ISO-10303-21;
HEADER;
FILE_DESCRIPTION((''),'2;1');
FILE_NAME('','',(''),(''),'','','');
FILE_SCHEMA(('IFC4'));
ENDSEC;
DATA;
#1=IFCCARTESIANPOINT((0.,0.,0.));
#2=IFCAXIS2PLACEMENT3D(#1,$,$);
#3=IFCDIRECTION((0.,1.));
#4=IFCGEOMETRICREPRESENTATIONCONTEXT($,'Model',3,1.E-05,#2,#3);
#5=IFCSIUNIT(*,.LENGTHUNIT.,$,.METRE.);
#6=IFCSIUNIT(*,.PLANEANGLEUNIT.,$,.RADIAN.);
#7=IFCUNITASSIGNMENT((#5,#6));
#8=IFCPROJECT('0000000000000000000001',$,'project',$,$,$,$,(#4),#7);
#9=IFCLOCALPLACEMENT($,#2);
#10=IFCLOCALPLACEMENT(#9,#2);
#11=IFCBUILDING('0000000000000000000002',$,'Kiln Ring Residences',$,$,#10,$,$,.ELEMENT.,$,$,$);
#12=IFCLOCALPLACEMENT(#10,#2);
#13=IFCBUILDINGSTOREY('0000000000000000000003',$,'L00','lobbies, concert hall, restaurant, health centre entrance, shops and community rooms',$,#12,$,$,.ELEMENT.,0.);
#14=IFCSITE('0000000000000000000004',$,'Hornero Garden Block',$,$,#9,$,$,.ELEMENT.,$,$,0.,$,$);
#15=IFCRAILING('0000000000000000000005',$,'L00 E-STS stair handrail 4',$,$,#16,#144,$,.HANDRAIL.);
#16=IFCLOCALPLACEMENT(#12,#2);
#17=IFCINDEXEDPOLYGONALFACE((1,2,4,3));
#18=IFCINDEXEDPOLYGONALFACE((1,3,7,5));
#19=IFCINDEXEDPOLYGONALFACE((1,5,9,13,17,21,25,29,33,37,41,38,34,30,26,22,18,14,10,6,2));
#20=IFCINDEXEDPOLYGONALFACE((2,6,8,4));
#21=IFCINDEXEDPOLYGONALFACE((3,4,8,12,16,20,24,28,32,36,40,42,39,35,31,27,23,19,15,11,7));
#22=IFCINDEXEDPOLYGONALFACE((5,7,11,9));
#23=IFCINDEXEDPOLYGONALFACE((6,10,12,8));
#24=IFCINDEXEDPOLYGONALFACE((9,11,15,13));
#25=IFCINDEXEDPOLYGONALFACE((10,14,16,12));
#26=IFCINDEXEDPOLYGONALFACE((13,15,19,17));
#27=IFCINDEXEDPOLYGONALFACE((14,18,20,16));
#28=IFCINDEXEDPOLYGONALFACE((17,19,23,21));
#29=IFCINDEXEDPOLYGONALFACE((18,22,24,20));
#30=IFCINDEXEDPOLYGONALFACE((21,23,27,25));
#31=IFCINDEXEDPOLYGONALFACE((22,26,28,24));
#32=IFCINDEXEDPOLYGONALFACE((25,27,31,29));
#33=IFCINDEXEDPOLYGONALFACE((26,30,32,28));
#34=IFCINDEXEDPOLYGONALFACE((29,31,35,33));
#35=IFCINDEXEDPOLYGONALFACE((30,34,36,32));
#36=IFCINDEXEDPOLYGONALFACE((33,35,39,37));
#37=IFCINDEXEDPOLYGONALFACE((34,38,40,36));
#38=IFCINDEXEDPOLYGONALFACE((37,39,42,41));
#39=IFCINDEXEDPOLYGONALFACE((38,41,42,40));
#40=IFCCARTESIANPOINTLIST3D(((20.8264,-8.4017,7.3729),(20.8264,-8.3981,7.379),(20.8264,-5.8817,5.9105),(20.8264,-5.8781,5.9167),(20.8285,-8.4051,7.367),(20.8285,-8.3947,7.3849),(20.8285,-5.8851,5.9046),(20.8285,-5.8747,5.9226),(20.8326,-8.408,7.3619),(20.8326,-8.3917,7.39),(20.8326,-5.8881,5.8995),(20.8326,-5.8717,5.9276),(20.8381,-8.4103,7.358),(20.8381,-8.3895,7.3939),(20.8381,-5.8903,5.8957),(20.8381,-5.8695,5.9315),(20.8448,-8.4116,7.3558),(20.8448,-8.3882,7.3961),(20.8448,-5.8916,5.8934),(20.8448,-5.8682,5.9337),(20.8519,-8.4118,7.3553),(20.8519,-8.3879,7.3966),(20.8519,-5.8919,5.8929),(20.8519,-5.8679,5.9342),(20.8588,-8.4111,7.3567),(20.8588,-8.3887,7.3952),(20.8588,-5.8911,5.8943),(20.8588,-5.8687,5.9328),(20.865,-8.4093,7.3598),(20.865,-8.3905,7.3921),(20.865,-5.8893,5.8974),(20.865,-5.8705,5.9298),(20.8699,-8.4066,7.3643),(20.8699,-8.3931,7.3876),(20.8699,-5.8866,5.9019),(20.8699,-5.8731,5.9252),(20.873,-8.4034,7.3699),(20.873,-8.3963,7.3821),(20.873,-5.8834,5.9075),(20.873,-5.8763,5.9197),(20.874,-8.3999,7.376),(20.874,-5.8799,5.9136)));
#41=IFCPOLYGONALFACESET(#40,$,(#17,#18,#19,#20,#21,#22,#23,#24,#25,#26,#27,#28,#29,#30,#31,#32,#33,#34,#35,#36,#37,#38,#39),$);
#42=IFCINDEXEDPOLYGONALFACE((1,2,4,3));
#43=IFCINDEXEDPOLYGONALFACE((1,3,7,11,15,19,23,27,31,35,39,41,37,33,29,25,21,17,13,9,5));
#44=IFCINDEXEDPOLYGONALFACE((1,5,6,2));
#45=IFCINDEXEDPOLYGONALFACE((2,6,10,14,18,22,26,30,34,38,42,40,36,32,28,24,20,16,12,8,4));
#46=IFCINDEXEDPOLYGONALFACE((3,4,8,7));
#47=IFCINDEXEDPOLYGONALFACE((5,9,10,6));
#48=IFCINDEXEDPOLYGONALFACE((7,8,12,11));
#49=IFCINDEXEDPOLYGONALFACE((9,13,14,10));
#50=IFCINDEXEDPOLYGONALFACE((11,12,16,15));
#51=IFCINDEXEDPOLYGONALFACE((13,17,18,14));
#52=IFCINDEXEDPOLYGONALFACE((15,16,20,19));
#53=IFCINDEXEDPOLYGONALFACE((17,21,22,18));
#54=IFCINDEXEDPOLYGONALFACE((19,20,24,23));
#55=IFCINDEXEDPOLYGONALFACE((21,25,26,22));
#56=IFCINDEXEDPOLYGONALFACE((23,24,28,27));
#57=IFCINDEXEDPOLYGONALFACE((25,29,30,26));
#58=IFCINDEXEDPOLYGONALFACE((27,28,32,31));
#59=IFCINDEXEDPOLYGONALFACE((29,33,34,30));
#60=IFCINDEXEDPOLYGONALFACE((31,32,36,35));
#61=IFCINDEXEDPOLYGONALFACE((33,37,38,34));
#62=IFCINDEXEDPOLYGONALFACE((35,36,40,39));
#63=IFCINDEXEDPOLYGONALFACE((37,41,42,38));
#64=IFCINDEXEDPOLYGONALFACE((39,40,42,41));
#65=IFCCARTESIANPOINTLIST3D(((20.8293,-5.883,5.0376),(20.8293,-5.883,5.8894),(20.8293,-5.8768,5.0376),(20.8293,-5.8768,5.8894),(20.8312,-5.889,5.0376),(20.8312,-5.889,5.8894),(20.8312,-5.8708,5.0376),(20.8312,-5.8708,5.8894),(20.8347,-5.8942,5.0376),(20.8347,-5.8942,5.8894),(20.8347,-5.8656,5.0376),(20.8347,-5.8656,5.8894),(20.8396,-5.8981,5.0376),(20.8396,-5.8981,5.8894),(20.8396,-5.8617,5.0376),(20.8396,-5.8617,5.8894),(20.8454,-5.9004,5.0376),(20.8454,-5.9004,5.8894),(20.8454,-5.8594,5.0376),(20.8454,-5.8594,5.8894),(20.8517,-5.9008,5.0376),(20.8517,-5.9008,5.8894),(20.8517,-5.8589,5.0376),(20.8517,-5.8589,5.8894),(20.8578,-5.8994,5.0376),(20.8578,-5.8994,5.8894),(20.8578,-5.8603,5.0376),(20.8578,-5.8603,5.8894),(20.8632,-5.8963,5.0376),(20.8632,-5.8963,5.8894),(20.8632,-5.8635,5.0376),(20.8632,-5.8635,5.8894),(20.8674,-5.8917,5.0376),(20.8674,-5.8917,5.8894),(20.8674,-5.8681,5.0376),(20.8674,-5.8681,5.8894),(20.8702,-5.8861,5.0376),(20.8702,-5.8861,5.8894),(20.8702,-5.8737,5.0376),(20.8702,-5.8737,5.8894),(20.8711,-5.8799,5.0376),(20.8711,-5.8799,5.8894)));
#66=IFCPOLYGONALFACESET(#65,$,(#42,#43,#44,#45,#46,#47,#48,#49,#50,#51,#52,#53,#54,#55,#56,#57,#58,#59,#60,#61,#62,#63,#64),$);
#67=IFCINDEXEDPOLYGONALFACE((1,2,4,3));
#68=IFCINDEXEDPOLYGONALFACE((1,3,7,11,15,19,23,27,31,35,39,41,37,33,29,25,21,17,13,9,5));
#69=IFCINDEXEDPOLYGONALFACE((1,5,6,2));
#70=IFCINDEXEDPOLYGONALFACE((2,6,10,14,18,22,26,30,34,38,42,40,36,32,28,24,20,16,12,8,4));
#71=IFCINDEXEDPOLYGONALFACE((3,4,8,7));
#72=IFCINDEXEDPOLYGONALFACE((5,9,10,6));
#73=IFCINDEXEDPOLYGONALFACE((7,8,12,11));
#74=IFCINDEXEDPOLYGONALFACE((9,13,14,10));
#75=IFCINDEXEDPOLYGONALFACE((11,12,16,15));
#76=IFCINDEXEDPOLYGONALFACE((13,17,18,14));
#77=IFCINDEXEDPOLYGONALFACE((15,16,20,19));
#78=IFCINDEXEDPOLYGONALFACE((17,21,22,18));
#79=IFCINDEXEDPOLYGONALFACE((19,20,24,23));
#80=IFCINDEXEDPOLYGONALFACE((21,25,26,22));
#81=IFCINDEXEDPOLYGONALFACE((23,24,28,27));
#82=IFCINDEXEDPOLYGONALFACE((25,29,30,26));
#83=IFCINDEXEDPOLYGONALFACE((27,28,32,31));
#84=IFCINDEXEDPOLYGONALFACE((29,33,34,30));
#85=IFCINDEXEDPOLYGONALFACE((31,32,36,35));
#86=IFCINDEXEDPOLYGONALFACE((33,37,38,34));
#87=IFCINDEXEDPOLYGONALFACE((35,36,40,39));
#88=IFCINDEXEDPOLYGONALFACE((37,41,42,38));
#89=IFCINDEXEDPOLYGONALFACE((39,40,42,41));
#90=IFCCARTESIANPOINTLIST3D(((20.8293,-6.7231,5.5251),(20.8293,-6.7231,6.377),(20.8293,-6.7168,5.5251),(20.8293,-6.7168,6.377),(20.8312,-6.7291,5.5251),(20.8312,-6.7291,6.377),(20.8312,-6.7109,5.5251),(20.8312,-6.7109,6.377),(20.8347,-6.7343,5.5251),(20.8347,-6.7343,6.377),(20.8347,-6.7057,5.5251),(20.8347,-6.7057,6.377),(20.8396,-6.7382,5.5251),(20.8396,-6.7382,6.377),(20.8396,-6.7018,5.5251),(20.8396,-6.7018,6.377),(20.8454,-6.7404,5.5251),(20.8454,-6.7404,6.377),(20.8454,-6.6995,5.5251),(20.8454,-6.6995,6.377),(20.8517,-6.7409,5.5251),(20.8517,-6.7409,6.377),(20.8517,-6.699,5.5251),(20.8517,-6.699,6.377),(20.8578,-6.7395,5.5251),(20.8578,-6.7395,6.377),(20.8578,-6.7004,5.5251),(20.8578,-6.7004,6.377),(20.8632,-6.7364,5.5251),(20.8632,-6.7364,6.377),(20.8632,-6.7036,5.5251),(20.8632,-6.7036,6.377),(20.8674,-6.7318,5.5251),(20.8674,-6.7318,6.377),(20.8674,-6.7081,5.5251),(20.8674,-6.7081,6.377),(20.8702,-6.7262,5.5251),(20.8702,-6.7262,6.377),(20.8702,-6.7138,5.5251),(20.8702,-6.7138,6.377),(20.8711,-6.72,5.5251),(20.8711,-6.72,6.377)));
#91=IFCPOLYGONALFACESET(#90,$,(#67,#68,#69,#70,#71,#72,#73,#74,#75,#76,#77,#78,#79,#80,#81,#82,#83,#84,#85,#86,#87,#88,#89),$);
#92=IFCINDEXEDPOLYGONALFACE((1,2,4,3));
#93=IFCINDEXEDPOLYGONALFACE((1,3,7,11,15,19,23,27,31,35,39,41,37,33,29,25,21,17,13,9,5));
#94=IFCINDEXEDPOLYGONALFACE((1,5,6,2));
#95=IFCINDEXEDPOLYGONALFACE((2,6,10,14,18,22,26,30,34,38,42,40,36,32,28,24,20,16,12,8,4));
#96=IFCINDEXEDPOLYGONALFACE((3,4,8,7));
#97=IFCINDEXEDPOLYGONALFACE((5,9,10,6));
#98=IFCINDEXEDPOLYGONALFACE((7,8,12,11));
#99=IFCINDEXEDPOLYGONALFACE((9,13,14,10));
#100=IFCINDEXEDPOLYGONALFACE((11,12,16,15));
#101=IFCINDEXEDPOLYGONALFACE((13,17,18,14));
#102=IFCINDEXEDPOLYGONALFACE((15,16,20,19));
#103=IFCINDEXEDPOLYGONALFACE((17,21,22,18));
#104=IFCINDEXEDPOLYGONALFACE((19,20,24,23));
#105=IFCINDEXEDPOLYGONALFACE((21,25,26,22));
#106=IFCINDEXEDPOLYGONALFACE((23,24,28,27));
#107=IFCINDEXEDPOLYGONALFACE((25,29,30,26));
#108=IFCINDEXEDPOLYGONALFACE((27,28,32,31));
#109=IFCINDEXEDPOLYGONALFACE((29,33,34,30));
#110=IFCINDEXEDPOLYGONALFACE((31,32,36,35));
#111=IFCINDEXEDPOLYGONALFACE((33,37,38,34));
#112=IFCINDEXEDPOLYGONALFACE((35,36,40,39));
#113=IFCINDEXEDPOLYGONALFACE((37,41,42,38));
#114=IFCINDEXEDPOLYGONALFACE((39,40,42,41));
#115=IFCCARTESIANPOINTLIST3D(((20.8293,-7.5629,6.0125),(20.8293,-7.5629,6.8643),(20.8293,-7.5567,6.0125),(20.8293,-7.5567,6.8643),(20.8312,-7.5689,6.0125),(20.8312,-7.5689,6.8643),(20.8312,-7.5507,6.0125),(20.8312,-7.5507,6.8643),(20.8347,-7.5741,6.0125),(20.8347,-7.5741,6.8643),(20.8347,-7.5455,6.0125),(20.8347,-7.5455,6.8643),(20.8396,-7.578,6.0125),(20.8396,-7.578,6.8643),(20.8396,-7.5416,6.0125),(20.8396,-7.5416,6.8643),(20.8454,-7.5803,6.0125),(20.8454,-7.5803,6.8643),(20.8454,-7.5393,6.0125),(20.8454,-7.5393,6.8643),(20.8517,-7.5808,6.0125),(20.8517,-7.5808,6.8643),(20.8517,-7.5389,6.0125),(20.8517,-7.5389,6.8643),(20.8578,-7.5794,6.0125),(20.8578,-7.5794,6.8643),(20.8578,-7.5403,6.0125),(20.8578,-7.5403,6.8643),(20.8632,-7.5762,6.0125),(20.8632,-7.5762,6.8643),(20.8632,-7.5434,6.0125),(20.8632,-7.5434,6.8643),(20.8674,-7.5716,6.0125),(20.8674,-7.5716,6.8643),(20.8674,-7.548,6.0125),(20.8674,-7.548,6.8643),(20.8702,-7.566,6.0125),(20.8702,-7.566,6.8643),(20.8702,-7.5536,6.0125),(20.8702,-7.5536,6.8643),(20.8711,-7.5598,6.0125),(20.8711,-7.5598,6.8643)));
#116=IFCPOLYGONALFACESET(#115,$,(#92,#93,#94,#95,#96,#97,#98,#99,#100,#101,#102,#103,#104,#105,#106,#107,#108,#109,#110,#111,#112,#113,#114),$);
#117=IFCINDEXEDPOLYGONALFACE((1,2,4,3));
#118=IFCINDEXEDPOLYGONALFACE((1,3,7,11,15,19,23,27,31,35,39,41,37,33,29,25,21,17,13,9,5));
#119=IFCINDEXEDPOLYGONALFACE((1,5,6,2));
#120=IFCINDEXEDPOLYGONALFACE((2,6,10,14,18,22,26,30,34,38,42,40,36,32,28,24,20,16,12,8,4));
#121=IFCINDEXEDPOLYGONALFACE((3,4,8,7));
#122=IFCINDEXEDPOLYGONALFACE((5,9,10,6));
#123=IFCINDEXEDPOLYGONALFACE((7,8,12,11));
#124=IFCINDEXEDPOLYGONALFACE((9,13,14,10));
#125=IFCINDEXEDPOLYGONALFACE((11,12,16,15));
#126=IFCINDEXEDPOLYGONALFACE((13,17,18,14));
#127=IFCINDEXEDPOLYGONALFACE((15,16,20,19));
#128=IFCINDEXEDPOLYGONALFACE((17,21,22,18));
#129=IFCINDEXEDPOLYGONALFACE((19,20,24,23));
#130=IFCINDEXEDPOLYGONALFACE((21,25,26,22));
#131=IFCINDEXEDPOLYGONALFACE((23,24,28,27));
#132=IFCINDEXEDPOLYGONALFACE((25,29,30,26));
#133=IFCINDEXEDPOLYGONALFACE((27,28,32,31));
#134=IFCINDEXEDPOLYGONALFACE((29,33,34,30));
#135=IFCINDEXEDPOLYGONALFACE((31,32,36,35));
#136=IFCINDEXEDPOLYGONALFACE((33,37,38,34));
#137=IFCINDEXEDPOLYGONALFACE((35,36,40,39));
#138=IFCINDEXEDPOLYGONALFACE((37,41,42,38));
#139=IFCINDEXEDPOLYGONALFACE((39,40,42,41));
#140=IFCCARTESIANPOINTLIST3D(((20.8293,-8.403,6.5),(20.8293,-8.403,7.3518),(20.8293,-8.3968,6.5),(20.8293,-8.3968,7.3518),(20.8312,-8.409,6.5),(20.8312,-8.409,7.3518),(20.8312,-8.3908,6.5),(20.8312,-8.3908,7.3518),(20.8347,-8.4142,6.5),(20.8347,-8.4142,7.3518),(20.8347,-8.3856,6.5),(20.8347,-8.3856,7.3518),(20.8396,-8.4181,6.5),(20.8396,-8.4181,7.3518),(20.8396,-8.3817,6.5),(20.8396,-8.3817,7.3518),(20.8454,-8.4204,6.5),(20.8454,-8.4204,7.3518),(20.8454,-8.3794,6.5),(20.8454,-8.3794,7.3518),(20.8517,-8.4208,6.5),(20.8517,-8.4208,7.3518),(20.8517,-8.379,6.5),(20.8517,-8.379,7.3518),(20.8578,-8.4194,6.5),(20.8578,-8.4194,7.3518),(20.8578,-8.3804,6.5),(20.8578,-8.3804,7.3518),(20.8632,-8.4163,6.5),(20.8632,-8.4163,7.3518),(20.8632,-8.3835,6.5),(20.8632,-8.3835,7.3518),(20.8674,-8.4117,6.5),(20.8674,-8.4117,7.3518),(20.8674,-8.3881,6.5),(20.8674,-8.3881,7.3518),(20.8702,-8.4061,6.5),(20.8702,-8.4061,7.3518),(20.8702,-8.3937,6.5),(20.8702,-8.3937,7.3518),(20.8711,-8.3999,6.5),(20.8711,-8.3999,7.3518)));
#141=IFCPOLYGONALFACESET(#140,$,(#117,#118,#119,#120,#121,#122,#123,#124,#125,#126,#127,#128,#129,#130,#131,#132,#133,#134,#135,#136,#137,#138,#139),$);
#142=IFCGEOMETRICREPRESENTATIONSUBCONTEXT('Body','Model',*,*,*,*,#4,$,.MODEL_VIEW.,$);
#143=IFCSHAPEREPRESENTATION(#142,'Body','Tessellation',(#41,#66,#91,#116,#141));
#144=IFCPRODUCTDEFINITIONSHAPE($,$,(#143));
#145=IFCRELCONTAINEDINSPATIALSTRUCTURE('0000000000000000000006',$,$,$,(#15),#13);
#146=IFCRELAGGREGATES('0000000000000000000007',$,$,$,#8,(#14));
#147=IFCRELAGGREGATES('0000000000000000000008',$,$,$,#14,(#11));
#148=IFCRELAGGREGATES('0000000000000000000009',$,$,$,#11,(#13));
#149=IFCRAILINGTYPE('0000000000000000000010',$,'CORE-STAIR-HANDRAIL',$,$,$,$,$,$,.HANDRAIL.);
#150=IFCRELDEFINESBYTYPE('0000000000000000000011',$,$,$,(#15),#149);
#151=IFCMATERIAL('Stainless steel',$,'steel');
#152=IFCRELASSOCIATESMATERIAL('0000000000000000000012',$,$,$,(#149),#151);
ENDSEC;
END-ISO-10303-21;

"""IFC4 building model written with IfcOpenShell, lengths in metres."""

from ifc_helpers import new_model, si_unit, direction, frame, origin, origin_2d, place, context, subcontext, project, spatial, circle, extrude, material, type_object, element, save


model = new_model("IFC4")

# Units and contexts
model_context = context("Model", 3, precision=1e-05, world=origin(), true_north=direction((0.0, 1.0)))
body_context = subcontext(model_context, "Body", "Model", "MODEL_VIEW")
ifc_project = project(units=[si_unit("LENGTHUNIT", "METRE"), si_unit("PLANEANGLEUNIT", "RADIAN")], contexts=[model_context])

# Site, building, storey
site_placement = place(None, origin())
site = spatial("IfcSite", under=ifc_project, at=site_placement, Name="Hornero Garden Block", CompositionType="ELEMENT", RefElevation=0.0)
building_placement = place(site_placement, origin())
building = spatial("IfcBuilding", under=site, at=building_placement, Name="Kiln Ring Residences", CompositionType="ELEMENT")
storey_placement = place(building_placement, origin())
storey = spatial("IfcBuildingStorey", under=building, at=storey_placement, Name="L00", Description="lobbies, concert hall, restaurant, health centre entrance, shops and community rooms", CompositionType="ELEMENT", Elevation=0.0)

# Railing
ifc_material_1 = material(Name="Stainless steel", Category="steel")
railing_type_1 = type_object("IfcRailingType", Name="CORE-STAIR-HANDRAIL", PredefinedType="HANDRAIL", material=ifc_material_1)
for number, where, name in (
    (1, (20.8501, -5.8799, 5.0376), "L00 E-STS stair handrail 4"),
):
    element("IfcRailing", number, at=place(storey_placement, frame(where)), inside=storey, type_object=railing_type_1, Name=name, PredefinedType="HANDRAIL", context=body_context, shape_type="SweptSolid", body=[
        extrude(circle(Radius=0.0239, at=origin_2d()), frame((0.0, 0.0, 0.876), z_axis=(0.0, -0.864913, 0.501921), x_axis=(1.0, 0.0, 0.0)), (0.0, 0.0, 1.0), 2.9136),
        extrude(circle(Radius=0.021, at=origin_2d()), origin(), (0.0, 0.0, 1.0), 0.8518),
        extrude(circle(Radius=0.021, at=origin_2d()), frame((0.0, -0.8401, 0.4875)), (0.0, 0.0, 1.0), 0.8518),
        extrude(circle(Radius=0.021, at=origin_2d()), frame((0.0, -1.6799, 0.9749)), (0.0, 0.0, 1.0), 0.8518),
        extrude(circle(Radius=0.021, at=origin_2d()), frame((0.0, -2.52, 1.4624)), (0.0, 0.0, 1.0), 0.8518),
    ])

save(model, "model.ifc")
